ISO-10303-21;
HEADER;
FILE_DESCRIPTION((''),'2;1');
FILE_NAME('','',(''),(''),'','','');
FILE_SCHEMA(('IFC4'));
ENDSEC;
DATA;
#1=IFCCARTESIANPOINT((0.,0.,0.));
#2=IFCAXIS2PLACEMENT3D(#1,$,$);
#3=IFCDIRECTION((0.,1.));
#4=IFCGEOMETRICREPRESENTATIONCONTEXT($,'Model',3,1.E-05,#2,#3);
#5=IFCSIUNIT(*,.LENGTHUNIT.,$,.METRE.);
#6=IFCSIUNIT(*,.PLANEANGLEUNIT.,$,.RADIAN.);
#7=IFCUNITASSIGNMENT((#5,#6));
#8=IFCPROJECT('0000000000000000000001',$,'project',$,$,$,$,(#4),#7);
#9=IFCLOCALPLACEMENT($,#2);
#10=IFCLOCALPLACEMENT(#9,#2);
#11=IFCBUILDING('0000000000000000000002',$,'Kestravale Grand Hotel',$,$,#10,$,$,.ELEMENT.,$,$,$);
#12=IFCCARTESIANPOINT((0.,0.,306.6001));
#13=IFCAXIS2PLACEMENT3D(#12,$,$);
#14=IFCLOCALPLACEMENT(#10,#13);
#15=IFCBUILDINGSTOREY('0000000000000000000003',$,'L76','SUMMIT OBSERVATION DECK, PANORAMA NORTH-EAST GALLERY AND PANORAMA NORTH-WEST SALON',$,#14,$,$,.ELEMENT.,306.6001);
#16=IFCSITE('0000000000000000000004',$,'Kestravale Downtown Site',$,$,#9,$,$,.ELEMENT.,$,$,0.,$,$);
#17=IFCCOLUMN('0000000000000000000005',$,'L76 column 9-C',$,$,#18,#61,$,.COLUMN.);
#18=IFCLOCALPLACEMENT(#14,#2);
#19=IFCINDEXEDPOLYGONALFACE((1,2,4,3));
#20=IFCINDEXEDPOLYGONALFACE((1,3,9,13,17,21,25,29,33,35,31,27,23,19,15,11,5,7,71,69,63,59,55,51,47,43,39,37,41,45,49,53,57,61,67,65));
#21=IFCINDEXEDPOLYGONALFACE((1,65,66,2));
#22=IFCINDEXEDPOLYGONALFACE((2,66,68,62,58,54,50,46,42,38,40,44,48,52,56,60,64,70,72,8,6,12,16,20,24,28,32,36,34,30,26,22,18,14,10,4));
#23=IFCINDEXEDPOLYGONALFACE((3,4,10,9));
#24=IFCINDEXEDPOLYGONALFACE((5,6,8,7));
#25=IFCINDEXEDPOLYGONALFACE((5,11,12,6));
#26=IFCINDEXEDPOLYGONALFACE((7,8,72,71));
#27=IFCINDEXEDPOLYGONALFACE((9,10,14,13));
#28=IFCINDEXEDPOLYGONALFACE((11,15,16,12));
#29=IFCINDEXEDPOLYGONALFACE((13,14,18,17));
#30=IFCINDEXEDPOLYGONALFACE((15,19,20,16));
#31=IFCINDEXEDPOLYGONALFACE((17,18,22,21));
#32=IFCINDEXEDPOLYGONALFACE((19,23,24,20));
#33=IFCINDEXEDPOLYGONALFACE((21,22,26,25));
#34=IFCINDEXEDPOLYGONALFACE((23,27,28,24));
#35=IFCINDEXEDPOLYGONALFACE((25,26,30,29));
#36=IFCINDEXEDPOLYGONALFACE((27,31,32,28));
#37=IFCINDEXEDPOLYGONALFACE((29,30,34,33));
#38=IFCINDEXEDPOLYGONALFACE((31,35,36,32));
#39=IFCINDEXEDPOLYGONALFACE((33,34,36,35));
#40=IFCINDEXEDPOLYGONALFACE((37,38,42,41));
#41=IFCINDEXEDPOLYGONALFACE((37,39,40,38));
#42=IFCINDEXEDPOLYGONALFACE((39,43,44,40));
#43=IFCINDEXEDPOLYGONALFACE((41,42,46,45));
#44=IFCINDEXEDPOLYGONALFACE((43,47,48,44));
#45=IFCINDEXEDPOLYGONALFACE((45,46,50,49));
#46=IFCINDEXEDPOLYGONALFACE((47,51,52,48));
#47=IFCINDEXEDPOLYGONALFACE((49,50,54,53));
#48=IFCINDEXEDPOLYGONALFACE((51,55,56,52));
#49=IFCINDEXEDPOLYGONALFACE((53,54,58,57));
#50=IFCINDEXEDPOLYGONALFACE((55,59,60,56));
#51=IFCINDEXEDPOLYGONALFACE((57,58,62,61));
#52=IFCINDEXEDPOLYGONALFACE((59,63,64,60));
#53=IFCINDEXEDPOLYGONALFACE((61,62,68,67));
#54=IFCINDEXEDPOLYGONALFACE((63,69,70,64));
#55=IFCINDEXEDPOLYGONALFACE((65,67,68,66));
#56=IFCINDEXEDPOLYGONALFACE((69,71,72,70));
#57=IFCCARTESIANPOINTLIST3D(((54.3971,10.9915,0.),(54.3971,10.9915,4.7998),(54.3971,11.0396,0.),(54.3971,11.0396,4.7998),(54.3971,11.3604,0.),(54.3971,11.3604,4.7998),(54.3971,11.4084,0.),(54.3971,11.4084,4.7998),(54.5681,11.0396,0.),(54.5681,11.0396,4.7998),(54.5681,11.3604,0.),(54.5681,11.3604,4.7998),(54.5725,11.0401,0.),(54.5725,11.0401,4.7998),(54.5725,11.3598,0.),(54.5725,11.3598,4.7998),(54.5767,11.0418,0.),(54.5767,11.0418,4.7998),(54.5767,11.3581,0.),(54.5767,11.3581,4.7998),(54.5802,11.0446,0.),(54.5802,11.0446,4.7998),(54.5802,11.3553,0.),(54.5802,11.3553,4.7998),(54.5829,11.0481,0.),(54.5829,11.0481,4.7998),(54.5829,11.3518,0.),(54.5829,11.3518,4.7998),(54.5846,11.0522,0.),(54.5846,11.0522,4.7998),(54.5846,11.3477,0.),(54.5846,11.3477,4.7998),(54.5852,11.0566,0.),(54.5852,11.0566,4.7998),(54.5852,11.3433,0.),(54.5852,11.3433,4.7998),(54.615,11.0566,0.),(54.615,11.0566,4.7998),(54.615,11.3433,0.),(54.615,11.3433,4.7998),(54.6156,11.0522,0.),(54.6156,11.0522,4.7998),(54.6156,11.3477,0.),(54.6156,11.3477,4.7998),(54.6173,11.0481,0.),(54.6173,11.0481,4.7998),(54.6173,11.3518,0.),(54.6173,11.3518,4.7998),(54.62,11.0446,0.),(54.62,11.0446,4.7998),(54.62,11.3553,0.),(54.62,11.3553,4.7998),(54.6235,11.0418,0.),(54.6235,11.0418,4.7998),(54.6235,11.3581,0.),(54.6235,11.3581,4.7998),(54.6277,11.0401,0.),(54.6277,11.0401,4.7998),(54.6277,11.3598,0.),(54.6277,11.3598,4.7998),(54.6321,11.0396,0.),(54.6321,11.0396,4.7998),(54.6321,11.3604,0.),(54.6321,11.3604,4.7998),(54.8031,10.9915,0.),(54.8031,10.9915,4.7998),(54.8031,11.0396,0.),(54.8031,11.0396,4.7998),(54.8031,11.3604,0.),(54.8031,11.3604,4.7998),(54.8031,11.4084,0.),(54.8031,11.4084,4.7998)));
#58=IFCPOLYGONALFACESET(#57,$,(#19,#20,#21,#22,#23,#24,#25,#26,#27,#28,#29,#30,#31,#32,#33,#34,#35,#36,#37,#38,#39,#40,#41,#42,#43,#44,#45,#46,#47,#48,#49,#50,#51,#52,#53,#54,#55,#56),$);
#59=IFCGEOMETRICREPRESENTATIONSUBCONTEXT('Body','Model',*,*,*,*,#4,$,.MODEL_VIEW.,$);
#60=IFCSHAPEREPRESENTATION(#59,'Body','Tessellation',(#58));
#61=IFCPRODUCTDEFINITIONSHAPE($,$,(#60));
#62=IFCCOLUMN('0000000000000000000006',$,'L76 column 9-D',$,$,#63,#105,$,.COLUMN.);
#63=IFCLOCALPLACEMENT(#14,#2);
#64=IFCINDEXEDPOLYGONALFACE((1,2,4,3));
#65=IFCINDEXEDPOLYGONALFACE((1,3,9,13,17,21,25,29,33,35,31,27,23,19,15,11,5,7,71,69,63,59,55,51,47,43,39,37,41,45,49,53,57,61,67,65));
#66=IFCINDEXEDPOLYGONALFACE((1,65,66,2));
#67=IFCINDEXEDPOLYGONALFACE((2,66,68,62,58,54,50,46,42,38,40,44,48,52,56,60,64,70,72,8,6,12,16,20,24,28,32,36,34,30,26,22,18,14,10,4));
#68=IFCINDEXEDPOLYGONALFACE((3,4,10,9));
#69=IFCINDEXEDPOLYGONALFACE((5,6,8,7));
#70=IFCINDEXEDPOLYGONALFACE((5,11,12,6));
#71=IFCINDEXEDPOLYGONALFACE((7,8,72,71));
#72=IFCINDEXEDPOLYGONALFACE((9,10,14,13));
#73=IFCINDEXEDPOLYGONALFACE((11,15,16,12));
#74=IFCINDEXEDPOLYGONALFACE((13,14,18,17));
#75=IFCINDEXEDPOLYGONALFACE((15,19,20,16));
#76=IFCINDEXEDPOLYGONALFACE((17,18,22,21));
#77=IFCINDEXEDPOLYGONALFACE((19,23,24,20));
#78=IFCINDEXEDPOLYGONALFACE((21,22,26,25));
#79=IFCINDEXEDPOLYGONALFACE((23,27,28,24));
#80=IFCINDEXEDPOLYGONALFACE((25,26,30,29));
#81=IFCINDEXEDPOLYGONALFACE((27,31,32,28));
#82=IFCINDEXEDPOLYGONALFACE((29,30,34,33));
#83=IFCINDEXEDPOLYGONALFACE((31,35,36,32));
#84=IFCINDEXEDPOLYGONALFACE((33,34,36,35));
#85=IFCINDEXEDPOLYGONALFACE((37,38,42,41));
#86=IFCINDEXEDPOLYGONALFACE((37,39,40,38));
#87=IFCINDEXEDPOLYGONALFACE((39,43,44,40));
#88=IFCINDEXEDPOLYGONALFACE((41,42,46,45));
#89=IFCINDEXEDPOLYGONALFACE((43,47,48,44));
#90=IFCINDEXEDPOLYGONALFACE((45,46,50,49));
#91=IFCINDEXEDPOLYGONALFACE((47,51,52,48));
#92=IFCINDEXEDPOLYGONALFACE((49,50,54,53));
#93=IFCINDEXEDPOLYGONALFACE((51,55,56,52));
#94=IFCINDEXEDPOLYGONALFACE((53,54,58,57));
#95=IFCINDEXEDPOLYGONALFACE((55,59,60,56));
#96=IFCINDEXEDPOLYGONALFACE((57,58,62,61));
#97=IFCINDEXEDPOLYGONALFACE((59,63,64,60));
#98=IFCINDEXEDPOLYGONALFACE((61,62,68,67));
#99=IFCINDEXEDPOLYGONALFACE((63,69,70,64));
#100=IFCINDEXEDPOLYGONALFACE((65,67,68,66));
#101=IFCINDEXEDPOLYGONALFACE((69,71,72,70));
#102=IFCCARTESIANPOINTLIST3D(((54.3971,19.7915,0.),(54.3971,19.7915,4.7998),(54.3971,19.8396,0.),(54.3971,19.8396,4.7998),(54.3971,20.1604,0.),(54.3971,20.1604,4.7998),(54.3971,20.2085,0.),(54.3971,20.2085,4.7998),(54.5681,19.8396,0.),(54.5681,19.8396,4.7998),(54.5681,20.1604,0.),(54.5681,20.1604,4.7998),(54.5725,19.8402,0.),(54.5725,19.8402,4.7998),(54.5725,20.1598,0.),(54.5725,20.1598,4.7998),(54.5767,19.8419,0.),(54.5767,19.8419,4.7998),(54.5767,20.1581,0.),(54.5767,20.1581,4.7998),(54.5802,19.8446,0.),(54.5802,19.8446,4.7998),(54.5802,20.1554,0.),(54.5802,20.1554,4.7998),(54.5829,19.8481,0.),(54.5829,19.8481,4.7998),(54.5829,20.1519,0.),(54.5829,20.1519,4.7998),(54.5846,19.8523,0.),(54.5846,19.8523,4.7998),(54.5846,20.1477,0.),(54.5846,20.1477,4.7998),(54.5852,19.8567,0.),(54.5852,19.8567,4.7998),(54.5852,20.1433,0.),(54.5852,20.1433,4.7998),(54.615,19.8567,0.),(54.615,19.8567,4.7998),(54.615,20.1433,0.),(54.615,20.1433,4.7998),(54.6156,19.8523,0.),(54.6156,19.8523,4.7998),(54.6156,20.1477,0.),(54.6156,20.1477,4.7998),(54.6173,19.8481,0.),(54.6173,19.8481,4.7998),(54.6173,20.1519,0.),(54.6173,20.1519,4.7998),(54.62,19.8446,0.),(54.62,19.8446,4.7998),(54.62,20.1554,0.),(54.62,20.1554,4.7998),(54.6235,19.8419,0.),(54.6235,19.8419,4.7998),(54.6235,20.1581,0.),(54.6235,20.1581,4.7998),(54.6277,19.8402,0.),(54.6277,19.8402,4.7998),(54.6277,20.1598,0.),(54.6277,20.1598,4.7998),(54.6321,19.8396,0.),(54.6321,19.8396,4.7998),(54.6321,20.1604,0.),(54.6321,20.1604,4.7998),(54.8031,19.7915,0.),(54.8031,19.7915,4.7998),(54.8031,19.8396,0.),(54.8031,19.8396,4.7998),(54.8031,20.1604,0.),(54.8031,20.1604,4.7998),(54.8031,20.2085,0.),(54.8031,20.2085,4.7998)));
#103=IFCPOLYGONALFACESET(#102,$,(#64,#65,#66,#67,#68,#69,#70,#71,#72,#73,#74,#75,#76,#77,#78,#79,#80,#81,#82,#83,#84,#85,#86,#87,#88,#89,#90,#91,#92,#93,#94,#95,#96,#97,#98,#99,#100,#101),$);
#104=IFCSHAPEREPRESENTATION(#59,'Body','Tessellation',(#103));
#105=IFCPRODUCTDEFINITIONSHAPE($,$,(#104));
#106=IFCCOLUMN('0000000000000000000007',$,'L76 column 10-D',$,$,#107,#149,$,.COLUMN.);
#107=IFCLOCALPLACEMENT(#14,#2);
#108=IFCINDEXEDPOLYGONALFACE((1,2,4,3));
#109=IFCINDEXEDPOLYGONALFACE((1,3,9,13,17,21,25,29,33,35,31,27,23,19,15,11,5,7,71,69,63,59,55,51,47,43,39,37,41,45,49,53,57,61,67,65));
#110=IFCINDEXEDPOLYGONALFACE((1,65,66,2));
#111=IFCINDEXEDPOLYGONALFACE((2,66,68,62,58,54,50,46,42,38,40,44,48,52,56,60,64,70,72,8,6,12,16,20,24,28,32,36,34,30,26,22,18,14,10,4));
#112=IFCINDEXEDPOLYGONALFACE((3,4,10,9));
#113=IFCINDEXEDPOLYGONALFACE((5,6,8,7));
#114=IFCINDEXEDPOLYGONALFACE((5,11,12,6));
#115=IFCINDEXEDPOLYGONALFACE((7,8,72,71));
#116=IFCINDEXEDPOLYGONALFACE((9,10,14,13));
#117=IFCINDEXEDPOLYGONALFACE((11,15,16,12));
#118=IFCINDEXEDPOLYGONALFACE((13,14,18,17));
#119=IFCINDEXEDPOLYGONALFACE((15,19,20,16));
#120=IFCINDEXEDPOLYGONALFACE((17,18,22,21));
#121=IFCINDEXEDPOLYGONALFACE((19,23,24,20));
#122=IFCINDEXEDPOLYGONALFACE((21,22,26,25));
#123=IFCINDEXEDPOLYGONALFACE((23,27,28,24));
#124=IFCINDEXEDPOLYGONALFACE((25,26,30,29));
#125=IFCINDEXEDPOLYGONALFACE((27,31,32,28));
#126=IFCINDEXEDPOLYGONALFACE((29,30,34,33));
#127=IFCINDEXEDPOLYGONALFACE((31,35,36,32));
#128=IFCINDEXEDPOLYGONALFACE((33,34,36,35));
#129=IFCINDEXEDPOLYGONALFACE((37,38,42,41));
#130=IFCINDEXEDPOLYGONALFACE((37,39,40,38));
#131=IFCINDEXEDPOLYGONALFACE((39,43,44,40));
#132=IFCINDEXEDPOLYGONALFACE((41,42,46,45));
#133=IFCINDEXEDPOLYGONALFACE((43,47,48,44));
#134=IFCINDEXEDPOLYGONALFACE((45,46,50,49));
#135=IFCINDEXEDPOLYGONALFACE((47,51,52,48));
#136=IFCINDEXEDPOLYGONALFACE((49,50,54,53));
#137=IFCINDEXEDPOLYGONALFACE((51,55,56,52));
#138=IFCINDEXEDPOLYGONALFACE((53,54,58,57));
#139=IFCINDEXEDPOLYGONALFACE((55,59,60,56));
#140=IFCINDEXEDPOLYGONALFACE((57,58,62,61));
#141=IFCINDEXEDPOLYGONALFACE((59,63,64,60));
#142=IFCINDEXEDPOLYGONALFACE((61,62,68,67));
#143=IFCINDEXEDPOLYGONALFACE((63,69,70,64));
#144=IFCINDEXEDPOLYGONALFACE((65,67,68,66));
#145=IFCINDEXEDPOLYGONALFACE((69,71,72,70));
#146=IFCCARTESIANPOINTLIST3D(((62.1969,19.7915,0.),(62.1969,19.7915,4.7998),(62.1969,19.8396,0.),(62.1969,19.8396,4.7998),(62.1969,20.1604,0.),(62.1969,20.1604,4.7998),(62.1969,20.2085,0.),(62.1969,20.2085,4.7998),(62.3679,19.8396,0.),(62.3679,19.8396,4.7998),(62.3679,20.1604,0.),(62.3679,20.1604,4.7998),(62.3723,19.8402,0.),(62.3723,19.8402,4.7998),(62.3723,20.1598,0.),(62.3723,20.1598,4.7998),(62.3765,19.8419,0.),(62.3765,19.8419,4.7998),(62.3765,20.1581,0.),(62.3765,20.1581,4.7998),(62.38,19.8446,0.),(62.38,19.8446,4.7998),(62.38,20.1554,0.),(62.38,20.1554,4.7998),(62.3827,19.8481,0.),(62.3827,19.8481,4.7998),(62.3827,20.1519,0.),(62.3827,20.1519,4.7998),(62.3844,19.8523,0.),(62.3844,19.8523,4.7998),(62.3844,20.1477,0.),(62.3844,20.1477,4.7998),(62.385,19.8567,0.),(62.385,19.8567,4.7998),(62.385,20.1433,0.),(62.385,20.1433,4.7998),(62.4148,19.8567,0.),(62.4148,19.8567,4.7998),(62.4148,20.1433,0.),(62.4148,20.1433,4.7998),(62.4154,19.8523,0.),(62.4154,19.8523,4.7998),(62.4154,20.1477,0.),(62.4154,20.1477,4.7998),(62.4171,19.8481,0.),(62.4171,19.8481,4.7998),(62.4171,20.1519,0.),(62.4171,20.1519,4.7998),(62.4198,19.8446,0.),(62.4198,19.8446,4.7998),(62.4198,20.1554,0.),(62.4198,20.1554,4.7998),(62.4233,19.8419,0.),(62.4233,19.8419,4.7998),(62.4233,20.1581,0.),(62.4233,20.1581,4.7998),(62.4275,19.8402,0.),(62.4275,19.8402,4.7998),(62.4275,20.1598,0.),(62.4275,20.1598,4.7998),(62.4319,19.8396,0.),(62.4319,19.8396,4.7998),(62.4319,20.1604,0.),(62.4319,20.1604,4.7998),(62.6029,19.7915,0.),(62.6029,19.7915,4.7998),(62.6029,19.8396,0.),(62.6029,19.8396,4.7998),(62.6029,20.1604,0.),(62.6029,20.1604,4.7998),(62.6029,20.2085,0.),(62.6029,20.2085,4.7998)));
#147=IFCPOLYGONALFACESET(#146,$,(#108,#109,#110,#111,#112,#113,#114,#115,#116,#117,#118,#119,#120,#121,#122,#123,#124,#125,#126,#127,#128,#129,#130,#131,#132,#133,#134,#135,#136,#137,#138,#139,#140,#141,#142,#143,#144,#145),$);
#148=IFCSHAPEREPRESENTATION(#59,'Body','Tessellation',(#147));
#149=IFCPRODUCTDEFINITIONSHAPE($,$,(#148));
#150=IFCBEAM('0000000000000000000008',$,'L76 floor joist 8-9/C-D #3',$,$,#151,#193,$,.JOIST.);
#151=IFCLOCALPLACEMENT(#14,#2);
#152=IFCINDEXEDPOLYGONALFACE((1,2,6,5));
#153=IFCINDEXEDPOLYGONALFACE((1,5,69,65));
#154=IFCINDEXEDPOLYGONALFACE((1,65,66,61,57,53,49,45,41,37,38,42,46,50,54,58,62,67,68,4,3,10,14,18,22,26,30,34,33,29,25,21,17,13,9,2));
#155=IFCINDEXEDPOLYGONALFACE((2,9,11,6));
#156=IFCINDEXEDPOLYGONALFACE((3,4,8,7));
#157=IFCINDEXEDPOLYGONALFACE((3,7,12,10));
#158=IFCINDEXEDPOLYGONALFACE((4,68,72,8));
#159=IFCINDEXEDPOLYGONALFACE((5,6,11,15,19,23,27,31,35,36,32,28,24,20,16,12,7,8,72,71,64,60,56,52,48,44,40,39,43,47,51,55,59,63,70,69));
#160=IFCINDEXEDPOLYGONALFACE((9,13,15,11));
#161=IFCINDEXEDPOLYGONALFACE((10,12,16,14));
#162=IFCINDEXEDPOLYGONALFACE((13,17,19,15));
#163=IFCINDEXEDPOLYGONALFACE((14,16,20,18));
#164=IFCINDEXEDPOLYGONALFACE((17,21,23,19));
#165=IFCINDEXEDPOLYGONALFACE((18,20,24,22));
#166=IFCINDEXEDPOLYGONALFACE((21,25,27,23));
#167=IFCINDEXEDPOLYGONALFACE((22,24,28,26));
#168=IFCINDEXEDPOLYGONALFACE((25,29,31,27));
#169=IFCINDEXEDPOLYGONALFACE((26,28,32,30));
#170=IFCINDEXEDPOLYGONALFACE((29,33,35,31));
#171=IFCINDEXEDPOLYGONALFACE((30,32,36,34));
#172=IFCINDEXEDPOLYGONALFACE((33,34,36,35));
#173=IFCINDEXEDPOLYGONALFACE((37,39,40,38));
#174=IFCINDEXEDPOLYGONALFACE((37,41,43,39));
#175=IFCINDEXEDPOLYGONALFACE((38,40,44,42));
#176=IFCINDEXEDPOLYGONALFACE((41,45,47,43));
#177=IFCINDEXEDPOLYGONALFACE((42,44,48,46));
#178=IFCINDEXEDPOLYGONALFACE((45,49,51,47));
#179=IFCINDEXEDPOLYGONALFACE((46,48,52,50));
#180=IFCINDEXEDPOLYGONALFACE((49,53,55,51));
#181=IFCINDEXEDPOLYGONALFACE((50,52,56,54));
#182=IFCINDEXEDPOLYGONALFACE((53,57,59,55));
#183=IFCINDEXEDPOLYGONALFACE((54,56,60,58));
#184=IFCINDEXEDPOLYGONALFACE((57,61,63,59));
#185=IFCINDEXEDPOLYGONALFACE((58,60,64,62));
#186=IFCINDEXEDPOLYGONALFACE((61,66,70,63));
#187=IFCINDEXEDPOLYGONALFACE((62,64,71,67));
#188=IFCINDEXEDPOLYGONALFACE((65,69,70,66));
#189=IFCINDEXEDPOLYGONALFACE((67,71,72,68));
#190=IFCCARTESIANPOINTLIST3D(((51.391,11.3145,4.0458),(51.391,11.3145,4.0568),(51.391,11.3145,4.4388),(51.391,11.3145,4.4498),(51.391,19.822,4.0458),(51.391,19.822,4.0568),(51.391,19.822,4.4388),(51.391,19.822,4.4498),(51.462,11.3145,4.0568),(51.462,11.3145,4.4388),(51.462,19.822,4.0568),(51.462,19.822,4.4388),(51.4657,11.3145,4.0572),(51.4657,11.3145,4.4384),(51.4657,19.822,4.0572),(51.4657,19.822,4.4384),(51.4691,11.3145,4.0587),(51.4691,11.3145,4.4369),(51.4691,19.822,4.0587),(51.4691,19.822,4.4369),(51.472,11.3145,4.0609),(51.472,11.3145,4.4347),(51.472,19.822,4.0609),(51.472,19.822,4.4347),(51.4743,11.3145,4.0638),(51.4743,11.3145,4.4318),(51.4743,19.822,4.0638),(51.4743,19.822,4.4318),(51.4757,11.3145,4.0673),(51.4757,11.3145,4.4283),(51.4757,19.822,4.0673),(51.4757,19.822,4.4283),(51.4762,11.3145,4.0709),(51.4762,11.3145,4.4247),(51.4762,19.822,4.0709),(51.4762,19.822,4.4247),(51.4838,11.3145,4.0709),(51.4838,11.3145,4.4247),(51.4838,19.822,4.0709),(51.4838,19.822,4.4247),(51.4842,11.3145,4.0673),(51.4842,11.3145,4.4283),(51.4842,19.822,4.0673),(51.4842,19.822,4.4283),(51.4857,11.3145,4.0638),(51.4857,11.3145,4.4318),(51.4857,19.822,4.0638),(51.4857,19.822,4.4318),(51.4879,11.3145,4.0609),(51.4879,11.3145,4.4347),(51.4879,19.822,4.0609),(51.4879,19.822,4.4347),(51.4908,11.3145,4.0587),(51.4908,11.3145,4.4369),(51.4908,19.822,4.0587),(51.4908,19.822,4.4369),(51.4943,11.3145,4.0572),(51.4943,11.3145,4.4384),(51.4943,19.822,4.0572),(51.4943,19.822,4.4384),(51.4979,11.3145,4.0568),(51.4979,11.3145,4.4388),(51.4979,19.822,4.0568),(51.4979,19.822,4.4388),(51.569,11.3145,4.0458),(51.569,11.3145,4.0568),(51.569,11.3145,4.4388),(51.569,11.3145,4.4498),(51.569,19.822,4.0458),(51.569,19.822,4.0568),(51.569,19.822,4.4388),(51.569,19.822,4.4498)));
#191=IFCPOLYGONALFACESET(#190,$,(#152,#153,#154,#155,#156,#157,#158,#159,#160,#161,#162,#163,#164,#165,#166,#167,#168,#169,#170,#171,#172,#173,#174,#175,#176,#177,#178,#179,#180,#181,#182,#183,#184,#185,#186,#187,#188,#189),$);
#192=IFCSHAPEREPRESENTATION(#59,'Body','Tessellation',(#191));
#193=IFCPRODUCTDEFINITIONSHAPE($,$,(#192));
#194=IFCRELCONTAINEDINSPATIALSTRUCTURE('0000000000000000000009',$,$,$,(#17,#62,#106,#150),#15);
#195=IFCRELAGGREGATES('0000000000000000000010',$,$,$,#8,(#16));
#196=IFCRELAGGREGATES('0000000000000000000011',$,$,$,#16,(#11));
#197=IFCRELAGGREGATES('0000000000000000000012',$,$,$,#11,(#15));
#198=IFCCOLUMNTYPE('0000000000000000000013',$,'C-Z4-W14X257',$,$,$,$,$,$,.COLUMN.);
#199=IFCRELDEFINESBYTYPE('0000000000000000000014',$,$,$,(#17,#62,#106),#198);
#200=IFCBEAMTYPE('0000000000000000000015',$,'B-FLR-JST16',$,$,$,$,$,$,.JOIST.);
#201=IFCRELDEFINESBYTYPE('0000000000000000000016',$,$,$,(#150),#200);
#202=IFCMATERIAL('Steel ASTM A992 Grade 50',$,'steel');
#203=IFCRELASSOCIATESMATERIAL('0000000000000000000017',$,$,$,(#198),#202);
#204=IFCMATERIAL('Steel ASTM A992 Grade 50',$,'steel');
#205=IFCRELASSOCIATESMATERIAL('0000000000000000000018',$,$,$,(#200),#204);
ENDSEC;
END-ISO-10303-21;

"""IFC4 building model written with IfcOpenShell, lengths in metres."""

from ifc_helpers import new_model, si_unit, direction, frame, origin, origin_2d, place, context, subcontext, project, spatial, i_section, extrude, material, material_profile, profile_set, type_object, element, save


model = new_model("IFC4")

# Units and contexts
model_context = context("Model", 3, precision=1e-05, world=origin(), true_north=direction((0.0, 1.0)))
body_context = subcontext(model_context, "Body", "Model", "MODEL_VIEW")
ifc_project = project(units=[si_unit("LENGTHUNIT", "METRE"), si_unit("PLANEANGLEUNIT", "RADIAN")], contexts=[model_context])

# Site, building, storey
site_placement = place(None, origin())
site = spatial("IfcSite", under=ifc_project, at=site_placement, Name="Kestravale Downtown Site", CompositionType="ELEMENT", RefElevation=0.0)
building_placement = place(site_placement, origin())
building = spatial("IfcBuilding", under=site, at=building_placement, Name="Kestravale Grand Hotel", CompositionType="ELEMENT")
storey_placement = place(building_placement, frame((0.0, 0.0, 306.6001)))
storey = spatial("IfcBuildingStorey", under=building, at=storey_placement, Name="L76", Description="SUMMIT OBSERVATION DECK, PANORAMA NORTH-EAST GALLERY AND PANORAMA NORTH-WEST SALON", CompositionType="ELEMENT", Elevation=306.6001)

# Columns
ifc_material_1 = material(Name="Steel ASTM A992 Grade 50", Category="steel")
ifc_material_profile_1 = material_profile(ifc_material_1, i_section(OverallWidth=0.406, OverallDepth=0.417, WebThickness=0.0298, FlangeThickness=0.0481, FilletRadius=0.0171, at=origin_2d()))
ifc_profile_set_1 = profile_set([ifc_material_profile_1], Name="Steel ASTM A992 Grade 50")
column_type = type_object("IfcColumnType", Name="C-Z4-W14X257", PredefinedType="COLUMN", material=ifc_profile_set_1)
for number, where, z_axis, x_axis, name in (
    (1, (54.6001, 11.2, 0.0), (0.0, 0.0, 1.0), (1.0, 0.0, 0.0), "L76 column 9-C"),
    (2, (54.6001, 20.0, 0.0), (0.0, 0.0, 1.0), (1.0, 0.0, 0.0), "L76 column 9-D"),
    (3, (62.3999, 20.0, 0.0), (0.0, 0.0, 1.0), (1.0, 0.0, 0.0), "L76 column 10-D"),
):
    element("IfcColumn", number, at=place(storey_placement, frame(where, z_axis=z_axis, x_axis=x_axis)), inside=storey, type_object=column_type, Name=name, PredefinedType="COLUMN", context=body_context, shape_type="SweptSolid", body=[
        extrude(i_section(OverallWidth=0.406, OverallDepth=0.417, WebThickness=0.0298, FlangeThickness=0.0481, FilletRadius=0.0171, at=origin_2d()), origin(), (0.0, 0.0, 1.0), 4.7998),
    ])

# Beam
ifc_material_2 = material(Name="Steel ASTM A992 Grade 50", Category="steel")
ifc_material_profile_2 = material_profile(ifc_material_2, i_section(OverallWidth=0.178, OverallDepth=0.4041, WebThickness=0.0076, FlangeThickness=0.011, FilletRadius=0.0142, at=origin_2d()))
ifc_profile_set_2 = profile_set([ifc_material_profile_2], Name="Steel ASTM A992 Grade 50")
beam_type_1 = type_object("IfcBeamType", Name="B-FLR-JST16", PredefinedType="JOIST", material=ifc_profile_set_2)
for number, where, z_axis, x_axis, name in (
    (4, (51.48, 11.3145, 4.2478), (0.0, 1.0, 0.0), (-1.0, 0.0, 0.0), "L76 floor joist 8-9/C-D #3"),
):
    element("IfcBeam", number, at=place(storey_placement, frame(where, z_axis=z_axis, x_axis=x_axis)), inside=storey, type_object=beam_type_1, Name=name, PredefinedType="JOIST", context=body_context, shape_type="SweptSolid", body=[
        extrude(i_section(OverallWidth=0.178, OverallDepth=0.4041, WebThickness=0.0076, FlangeThickness=0.011, FilletRadius=0.0142, at=origin_2d()), origin(), (0.0, 0.0, 1.0), 8.5076),
    ])

save(model, "model.ifc")
